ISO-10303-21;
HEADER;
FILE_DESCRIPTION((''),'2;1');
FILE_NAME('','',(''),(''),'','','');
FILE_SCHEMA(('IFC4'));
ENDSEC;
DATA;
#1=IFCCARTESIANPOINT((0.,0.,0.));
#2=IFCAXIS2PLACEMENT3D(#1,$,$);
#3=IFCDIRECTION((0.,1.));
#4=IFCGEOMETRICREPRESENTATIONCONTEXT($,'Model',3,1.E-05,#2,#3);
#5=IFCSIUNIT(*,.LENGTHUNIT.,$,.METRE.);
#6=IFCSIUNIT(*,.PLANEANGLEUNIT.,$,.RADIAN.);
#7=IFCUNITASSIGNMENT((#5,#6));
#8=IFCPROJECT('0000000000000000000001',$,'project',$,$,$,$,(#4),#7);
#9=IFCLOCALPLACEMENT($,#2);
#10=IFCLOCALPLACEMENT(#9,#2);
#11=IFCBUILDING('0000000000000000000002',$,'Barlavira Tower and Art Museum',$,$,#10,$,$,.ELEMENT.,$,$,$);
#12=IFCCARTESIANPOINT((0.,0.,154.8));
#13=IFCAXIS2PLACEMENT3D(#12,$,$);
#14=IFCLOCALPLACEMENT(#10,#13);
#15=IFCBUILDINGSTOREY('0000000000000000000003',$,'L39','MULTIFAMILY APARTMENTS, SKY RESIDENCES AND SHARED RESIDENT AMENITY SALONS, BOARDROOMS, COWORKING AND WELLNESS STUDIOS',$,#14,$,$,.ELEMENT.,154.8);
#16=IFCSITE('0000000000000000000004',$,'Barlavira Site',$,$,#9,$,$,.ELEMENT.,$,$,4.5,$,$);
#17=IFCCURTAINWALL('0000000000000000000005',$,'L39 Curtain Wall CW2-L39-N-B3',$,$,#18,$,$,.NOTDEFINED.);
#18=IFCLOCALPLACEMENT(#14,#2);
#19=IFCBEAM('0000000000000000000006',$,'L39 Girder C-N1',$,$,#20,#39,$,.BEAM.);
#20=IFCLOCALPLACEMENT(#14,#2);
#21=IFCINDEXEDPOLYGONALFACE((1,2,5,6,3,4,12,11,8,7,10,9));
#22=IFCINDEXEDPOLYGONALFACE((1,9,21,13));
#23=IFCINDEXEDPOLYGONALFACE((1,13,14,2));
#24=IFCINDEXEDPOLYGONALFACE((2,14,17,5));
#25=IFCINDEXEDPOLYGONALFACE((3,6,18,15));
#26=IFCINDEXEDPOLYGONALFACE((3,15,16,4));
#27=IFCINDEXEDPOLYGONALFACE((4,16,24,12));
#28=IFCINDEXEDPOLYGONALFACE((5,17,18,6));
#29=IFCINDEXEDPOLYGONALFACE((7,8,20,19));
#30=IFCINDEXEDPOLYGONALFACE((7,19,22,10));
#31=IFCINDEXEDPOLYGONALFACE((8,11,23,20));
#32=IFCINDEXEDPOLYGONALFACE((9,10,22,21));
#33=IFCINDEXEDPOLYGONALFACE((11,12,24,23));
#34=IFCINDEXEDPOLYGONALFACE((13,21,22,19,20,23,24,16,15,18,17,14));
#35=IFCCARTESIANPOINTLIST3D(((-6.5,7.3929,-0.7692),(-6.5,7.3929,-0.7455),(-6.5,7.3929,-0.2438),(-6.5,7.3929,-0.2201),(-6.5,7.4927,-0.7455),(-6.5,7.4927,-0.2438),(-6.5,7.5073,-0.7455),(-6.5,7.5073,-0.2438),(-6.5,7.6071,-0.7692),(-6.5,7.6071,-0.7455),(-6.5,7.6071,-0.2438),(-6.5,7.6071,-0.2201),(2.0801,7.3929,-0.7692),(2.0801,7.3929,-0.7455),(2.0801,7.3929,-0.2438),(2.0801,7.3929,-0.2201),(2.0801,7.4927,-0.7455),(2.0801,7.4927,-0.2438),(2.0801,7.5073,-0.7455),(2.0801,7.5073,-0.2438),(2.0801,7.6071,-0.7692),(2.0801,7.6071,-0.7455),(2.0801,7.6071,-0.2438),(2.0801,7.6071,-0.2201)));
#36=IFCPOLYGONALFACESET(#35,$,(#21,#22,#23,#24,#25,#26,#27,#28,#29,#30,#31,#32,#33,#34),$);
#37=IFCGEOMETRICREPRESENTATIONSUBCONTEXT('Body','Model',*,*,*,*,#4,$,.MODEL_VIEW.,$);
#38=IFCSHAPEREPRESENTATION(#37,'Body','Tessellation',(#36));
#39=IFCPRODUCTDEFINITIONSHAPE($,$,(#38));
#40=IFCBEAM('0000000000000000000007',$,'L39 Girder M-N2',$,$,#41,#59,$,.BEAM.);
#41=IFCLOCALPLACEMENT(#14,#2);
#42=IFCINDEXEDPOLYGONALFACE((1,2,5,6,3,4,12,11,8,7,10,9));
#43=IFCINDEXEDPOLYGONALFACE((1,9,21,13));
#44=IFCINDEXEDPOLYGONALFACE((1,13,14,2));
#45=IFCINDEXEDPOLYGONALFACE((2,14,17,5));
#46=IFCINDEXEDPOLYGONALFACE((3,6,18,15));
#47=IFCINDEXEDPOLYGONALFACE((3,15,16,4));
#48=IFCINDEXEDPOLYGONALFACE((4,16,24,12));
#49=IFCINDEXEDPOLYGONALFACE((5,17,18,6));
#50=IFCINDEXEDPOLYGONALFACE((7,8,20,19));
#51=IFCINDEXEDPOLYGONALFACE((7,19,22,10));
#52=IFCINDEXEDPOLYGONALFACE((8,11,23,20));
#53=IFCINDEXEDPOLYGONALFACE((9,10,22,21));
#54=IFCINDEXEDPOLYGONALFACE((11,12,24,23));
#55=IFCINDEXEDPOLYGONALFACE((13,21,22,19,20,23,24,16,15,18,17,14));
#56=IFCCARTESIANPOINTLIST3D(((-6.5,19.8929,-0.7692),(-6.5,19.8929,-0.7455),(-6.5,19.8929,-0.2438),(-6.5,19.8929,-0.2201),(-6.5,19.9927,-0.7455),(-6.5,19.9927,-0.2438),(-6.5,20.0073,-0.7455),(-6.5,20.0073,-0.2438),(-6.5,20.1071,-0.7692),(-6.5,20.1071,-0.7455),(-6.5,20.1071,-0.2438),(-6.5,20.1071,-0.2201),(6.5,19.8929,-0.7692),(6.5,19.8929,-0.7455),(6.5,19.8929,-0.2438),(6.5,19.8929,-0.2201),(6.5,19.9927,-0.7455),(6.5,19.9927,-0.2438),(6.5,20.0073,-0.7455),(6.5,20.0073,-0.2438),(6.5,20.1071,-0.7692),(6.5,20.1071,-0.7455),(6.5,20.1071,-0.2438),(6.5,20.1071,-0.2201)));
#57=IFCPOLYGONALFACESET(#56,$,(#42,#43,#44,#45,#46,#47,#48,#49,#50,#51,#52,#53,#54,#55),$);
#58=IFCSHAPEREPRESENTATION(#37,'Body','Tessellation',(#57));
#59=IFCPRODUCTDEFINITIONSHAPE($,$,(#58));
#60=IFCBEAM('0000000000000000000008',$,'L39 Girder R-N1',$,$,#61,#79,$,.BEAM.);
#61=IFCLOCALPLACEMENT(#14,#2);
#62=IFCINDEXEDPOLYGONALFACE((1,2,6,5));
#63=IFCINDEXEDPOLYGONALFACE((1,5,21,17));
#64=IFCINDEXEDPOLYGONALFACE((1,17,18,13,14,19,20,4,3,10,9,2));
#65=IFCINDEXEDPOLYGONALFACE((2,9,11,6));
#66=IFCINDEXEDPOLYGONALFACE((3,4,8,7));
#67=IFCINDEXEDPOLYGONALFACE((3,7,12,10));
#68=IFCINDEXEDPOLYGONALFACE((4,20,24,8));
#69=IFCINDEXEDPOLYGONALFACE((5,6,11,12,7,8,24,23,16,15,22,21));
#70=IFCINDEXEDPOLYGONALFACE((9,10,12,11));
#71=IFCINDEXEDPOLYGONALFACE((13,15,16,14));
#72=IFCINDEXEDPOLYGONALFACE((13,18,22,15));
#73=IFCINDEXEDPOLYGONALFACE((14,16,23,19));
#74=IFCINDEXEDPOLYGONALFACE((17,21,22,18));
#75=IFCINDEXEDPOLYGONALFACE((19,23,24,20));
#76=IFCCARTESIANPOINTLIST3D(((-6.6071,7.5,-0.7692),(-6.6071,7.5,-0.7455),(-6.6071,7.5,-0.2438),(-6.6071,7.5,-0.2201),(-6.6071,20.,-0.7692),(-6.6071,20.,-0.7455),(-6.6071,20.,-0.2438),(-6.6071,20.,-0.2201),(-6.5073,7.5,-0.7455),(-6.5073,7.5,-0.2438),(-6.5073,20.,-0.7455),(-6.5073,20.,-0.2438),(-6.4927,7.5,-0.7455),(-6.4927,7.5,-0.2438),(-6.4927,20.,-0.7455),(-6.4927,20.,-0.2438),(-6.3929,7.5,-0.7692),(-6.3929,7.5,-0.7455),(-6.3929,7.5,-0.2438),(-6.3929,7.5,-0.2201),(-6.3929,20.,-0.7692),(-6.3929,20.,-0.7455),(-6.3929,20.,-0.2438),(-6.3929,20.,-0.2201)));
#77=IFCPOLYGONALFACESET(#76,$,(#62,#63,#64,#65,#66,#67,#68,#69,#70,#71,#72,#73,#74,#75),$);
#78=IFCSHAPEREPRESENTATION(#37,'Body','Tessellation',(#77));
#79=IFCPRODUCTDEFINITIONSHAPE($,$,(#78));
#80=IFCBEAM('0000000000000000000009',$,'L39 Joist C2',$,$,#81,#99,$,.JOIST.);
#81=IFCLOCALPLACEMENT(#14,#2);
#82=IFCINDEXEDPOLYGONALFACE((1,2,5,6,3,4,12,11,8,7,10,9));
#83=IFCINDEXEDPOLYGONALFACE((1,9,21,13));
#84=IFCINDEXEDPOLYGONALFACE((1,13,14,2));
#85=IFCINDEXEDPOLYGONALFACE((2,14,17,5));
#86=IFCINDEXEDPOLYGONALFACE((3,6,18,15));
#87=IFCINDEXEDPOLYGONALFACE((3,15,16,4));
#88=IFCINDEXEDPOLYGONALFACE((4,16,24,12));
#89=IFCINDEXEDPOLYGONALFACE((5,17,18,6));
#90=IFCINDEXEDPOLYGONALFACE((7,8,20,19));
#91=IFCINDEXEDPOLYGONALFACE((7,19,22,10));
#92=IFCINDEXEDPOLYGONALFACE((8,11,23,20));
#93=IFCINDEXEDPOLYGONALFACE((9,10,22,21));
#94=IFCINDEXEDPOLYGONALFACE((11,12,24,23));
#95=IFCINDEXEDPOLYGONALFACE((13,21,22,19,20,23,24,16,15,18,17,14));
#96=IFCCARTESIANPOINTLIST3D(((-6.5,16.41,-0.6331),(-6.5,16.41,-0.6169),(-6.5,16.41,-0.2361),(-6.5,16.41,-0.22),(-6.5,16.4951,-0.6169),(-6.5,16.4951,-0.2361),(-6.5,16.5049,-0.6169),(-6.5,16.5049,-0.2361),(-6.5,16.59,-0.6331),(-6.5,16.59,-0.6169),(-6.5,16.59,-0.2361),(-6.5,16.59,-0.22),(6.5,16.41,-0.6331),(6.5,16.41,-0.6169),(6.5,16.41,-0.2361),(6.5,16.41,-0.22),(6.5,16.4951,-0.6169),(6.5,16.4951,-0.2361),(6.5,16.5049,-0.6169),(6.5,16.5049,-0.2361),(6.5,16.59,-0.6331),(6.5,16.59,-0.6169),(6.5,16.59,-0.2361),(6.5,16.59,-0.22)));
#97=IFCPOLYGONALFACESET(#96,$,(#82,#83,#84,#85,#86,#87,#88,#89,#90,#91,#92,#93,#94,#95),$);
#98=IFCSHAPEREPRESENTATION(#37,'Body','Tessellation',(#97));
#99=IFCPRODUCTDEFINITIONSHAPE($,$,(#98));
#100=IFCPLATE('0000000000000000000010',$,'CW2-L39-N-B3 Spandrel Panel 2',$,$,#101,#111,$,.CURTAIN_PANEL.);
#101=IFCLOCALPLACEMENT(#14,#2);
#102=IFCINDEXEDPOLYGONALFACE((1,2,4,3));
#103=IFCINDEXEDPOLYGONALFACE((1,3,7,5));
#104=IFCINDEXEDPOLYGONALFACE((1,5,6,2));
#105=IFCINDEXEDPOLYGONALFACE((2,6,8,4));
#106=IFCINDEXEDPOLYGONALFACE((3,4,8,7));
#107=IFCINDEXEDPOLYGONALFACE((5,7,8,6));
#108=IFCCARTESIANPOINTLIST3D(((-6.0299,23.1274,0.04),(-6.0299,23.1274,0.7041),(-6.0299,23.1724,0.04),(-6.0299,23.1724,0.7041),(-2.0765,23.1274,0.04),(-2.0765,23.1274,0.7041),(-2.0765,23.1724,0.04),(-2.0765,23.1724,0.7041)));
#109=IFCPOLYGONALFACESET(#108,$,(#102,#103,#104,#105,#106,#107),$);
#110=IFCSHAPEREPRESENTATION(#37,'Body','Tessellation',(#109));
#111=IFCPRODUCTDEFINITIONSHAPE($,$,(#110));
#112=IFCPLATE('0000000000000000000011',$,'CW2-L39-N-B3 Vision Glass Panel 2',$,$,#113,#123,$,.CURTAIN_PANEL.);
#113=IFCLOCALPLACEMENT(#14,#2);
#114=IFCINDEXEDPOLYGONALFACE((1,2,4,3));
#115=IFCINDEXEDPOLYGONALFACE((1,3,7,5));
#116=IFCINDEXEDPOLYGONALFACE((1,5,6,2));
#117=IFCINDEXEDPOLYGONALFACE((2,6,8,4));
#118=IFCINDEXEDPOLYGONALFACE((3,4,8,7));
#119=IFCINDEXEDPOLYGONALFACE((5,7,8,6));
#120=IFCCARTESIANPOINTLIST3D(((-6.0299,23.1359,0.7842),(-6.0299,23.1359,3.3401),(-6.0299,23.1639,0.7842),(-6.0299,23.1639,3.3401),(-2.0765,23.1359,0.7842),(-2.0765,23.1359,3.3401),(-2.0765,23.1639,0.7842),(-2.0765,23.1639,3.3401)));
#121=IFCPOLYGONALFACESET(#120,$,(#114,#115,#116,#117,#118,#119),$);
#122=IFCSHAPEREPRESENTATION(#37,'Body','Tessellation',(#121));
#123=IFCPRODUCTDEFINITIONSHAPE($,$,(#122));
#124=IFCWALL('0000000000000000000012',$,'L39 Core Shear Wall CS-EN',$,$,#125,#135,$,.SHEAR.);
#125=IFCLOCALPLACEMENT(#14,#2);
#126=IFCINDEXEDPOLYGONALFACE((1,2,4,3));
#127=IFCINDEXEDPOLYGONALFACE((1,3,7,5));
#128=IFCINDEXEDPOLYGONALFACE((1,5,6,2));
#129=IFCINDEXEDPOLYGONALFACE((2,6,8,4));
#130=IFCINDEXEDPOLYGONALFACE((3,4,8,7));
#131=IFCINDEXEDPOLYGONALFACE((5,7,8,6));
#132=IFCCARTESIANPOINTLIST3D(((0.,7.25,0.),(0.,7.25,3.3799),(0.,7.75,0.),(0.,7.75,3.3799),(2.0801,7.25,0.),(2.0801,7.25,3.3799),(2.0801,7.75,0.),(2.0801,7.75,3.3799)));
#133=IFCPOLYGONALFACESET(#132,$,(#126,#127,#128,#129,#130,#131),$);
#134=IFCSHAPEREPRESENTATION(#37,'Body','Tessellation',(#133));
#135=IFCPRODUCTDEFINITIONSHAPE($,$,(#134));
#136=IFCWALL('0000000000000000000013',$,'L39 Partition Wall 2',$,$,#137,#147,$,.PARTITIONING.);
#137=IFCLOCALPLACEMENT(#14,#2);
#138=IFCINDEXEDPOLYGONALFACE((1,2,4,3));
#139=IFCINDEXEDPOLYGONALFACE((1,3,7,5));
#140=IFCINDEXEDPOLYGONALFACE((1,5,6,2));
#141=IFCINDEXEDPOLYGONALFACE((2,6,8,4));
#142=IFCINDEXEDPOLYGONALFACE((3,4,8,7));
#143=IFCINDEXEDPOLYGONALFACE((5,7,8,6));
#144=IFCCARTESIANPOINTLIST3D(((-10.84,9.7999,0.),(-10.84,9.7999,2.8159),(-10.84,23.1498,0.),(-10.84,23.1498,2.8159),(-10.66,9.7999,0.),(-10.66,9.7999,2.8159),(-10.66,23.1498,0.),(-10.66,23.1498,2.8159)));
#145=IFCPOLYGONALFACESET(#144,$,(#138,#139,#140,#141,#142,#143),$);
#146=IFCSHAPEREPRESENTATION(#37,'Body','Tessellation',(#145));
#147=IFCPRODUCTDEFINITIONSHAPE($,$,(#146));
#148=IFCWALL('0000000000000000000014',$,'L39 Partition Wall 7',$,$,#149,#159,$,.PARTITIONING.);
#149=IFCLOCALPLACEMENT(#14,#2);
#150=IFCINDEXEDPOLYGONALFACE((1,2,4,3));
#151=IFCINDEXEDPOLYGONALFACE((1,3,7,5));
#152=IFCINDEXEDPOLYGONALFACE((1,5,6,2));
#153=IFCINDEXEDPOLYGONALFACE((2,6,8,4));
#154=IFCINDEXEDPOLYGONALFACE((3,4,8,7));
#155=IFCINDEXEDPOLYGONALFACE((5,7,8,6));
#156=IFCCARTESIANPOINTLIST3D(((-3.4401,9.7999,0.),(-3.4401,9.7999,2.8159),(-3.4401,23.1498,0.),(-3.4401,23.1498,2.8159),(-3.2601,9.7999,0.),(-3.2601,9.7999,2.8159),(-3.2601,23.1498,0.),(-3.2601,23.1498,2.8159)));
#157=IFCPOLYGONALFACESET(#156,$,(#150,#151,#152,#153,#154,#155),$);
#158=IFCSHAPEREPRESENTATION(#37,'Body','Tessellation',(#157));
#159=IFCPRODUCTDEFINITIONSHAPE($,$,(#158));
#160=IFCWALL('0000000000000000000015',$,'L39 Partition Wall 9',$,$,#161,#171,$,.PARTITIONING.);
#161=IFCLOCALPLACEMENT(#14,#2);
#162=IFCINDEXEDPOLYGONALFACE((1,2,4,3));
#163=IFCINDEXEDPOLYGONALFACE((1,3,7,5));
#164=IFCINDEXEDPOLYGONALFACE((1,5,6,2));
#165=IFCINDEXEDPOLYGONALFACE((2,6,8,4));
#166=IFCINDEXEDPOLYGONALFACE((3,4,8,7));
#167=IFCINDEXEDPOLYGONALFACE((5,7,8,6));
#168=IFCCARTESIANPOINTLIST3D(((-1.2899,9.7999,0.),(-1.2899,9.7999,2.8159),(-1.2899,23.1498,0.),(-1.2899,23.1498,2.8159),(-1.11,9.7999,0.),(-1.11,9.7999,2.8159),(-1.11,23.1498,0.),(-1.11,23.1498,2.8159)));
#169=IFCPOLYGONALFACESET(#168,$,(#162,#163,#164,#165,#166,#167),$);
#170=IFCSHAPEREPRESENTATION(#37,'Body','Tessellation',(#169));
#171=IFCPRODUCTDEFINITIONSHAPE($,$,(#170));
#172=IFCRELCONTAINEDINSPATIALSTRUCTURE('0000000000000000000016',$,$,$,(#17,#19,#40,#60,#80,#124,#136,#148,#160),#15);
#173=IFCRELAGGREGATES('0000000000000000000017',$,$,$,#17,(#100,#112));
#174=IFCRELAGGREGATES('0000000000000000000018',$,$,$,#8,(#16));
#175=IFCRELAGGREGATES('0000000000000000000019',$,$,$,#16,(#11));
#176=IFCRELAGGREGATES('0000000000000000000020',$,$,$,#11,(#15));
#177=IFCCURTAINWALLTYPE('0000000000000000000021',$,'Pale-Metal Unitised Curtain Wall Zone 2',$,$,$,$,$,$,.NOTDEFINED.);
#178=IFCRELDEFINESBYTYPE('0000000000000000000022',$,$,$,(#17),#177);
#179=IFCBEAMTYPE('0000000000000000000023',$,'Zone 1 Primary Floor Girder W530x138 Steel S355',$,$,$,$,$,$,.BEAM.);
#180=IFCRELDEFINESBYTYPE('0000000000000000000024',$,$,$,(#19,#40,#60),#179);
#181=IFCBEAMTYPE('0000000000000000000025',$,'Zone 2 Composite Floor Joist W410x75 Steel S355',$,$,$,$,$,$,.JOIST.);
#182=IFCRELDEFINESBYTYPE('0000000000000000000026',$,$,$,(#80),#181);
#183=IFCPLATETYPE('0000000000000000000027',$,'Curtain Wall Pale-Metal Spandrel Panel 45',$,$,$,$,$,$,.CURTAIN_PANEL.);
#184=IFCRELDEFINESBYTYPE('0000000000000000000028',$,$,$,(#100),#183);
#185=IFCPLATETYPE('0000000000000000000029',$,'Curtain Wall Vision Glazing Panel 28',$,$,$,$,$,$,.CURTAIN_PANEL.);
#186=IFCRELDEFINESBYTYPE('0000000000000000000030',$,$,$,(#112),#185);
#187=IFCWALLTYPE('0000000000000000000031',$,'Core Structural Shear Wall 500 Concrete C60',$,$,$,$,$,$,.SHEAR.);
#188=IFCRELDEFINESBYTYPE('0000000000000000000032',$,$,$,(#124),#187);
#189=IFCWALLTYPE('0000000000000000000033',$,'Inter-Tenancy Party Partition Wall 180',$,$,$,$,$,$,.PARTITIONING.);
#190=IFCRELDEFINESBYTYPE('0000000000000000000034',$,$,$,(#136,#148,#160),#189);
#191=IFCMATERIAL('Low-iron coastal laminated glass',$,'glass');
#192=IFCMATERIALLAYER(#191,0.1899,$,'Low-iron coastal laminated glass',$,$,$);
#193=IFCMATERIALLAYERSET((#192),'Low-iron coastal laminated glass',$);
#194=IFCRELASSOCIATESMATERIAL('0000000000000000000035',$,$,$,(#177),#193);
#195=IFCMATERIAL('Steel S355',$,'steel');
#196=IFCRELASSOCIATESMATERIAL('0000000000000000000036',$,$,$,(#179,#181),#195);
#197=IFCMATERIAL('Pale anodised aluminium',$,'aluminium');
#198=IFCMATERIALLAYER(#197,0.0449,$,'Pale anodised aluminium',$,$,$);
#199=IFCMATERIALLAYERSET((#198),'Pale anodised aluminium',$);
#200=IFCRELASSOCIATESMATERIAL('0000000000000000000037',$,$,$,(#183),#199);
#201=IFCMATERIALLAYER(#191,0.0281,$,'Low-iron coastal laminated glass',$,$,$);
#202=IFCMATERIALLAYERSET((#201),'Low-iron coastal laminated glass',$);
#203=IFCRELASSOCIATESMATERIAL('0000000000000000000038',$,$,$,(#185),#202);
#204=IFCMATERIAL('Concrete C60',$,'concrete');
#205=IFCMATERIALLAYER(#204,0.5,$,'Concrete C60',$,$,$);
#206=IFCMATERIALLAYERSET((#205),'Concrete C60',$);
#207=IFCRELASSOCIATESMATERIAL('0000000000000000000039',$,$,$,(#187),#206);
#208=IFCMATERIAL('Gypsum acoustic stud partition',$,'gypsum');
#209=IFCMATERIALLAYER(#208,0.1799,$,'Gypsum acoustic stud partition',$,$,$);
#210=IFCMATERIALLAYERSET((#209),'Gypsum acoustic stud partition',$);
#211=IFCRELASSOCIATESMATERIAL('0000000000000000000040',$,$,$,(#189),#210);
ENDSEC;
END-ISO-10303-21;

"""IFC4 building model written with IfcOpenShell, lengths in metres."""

from ifc_helpers import new_model, si_unit, direction, frame, frame_2d, origin, origin_2d, place, context, subcontext, project, spatial, rectangle, i_section, extrude, material, layer, layer_set, material_profile, profile_set, type_object, element, aggregate, save


model = new_model("IFC4")

# Units and contexts
model_context = context("Model", 3, precision=1e-05, world=origin(), true_north=direction((0.0, 1.0)))
body_context = subcontext(model_context, "Body", "Model", "MODEL_VIEW")
ifc_project = project(units=[si_unit("LENGTHUNIT", "METRE"), si_unit("PLANEANGLEUNIT", "RADIAN")], contexts=[model_context])

# Site, building, storey
site_placement = place(None, origin())
site = spatial("IfcSite", under=ifc_project, at=site_placement, Name="Barlavira Site", CompositionType="ELEMENT", RefElevation=4.5)
building_placement = place(site_placement, origin())
building = spatial("IfcBuilding", under=site, at=building_placement, Name="Barlavira Tower and Art Museum", CompositionType="ELEMENT")
storey_placement = place(building_placement, frame((0.0, 0.0, 154.8)))
storey = spatial("IfcBuildingStorey", under=building, at=storey_placement, Name="L39", Description="MULTIFAMILY APARTMENTS, SKY RESIDENCES AND SHARED RESIDENT AMENITY SALONS, BOARDROOMS, COWORKING AND WELLNESS STUDIOS", CompositionType="ELEMENT", Elevation=154.8)

# Shared definitions
ifc_material_1 = material(Name="Steel S355", Category="steel")
ifc_material_2 = material(Name="Concrete C60", Category="concrete")

# Curtain wall
ifc_material_3 = material(Name="Low-iron coastal laminated glass", Category="glass")
ifc_layer_1 = layer(ifc_material_3, 0.1899, Name="Low-iron coastal laminated glass")
ifc_layer_set_1 = layer_set([ifc_layer_1], Name="Low-iron coastal laminated glass")
curtain_wall_type = type_object("IfcCurtainWallType", Name="Pale-Metal Unitised Curtain Wall Zone 2", PredefinedType="NOTDEFINED", material=ifc_layer_set_1)
curtain_wall_placement = place(storey_placement, origin())
curtain_wall = element("IfcCurtainWall", 1, at=curtain_wall_placement, inside=storey, type_object=curtain_wall_type, Name="L39 Curtain Wall CW2-L39-N-B3", PredefinedType="NOTDEFINED")
ifc_material_4 = material(Name="Pale anodised aluminium", Category="aluminium")

# Beams
ifc_material_profile_1 = material_profile(ifc_material_1, i_section(OverallWidth=0.2141, OverallDepth=0.5491, WebThickness=0.0146, FlangeThickness=0.0237, at=origin_2d()), Name="W530x138.0")
ifc_profile_set_1 = profile_set([ifc_material_profile_1], Name="Steel S355")
beam_type_1 = type_object("IfcBeamType", Name="Zone 1 Primary Floor Girder W530x138 Steel S355", PredefinedType="BEAM", material=ifc_profile_set_1)
beam_1_placement = place(storey_placement, frame((-6.5, 7.5, -0.4946), z_axis=(1.0, 0.0, 0.0), x_axis=(0.0, 1.0, 0.0)))
element("IfcBeam", 2, at=beam_1_placement, inside=storey, type_object=beam_type_1, Name="L39 Girder C-N1", PredefinedType="BEAM", context=body_context, shape_type="SweptSolid", body=[
    extrude(i_section(OverallWidth=0.2141, OverallDepth=0.5491, WebThickness=0.0146, FlangeThickness=0.0237, at=origin_2d()), origin(), (0.0, 0.0, 1.0), 8.5801),
])
beam_2_placement = place(storey_placement, frame((-6.5, 20.0, -0.4946), z_axis=(1.0, 0.0, 0.0), x_axis=(0.0, 1.0, 0.0)))
element("IfcBeam", 3, at=beam_2_placement, inside=storey, type_object=beam_type_1, Name="L39 Girder M-N2", PredefinedType="BEAM", context=body_context, shape_type="SweptSolid", body=[
    extrude(i_section(OverallWidth=0.2141, OverallDepth=0.5491, WebThickness=0.0146, FlangeThickness=0.0237, at=origin_2d()), origin(), (0.0, 0.0, 1.0), 13.0),
])
beam_3_placement = place(storey_placement, frame((-6.5, 7.5, -0.4946), z_axis=(0.0, 1.0, 0.0), x_axis=(-1.0, 0.0, 0.0)))
element("IfcBeam", 4, at=beam_3_placement, inside=storey, type_object=beam_type_1, Name="L39 Girder R-N1", PredefinedType="BEAM", context=body_context, shape_type="SweptSolid", body=[
    extrude(i_section(OverallWidth=0.2141, OverallDepth=0.5491, WebThickness=0.0146, FlangeThickness=0.0237, at=origin_2d()), origin(), (0.0, 0.0, 1.0), 12.5),
])
ifc_material_profile_2 = material_profile(ifc_material_1, i_section(OverallWidth=0.1799, OverallDepth=0.4131, WebThickness=0.0098, FlangeThickness=0.0161, at=origin_2d()), Name="W410x75.0")
ifc_profile_set_2 = profile_set([ifc_material_profile_2], Name="Steel S355")
beam_type_2 = type_object("IfcBeamType", Name="Zone 2 Composite Floor Joist W410x75 Steel S355", PredefinedType="JOIST", material=ifc_profile_set_2)
beam_4_placement = place(storey_placement, frame((-6.5, 16.5, -0.4265), z_axis=(1.0, 0.0, 0.0), x_axis=(0.0, 1.0, 0.0)))
element("IfcBeam", 5, at=beam_4_placement, inside=storey, type_object=beam_type_2, Name="L39 Joist C2", PredefinedType="JOIST", context=body_context, shape_type="SweptSolid", body=[
    extrude(i_section(OverallWidth=0.1799, OverallDepth=0.4131, WebThickness=0.0098, FlangeThickness=0.0161, at=origin_2d()), origin(), (0.0, 0.0, 1.0), 13.0),
])

# Plates
ifc_layer_2 = layer(ifc_material_4, 0.0449, Name="Pale anodised aluminium")
ifc_layer_set_2 = layer_set([ifc_layer_2], Name="Pale anodised aluminium")
plate_type_1 = type_object("IfcPlateType", Name="Curtain Wall Pale-Metal Spandrel Panel 45", PredefinedType="CURTAIN_PANEL", material=ifc_layer_set_2)
plate_1_placement = place(storey_placement, frame((-4.0532, 23.1499, 0.04), z_axis=(0.0, 0.0, 1.0), x_axis=(-1.0, 0.0, 0.0)))
plate_1 = element("IfcPlate", 6, at=plate_1_placement, type_object=plate_type_1, Name="CW2-L39-N-B3 Spandrel Panel 2", PredefinedType="CURTAIN_PANEL", context=body_context, shape_type="SweptSolid", body=[
    extrude(rectangle(XDim=3.9534, YDim=0.0449, at=origin_2d()), origin(), (0.0, 0.0, 1.0), 0.6641),
])
ifc_layer_3 = layer(ifc_material_3, 0.0281, Name="Low-iron coastal laminated glass")
ifc_layer_set_3 = layer_set([ifc_layer_3], Name="Low-iron coastal laminated glass")
plate_type_2 = type_object("IfcPlateType", Name="Curtain Wall Vision Glazing Panel 28", PredefinedType="CURTAIN_PANEL", material=ifc_layer_set_3)
plate_2_placement = place(storey_placement, frame((-4.0532, 23.1499, 0.7842), z_axis=(0.0, 0.0, 1.0), x_axis=(-1.0, 0.0, 0.0)))
plate_2 = element("IfcPlate", 7, at=plate_2_placement, type_object=plate_type_2, Name="CW2-L39-N-B3 Vision Glass Panel 2", PredefinedType="CURTAIN_PANEL", context=body_context, shape_type="SweptSolid", body=[
    extrude(rectangle(XDim=3.9534, YDim=0.0281, at=origin_2d()), origin(), (0.0, 0.0, 1.0), 2.5559),
])
aggregate(curtain_wall, [plate_1, plate_2])

# Walls
ifc_layer_4 = layer(ifc_material_2, 0.5, Name="Concrete C60")
ifc_layer_set_4 = layer_set([ifc_layer_4], Name="Concrete C60")
wall_type_1 = type_object("IfcWallType", Name="Core Structural Shear Wall 500 Concrete C60", PredefinedType="SHEAR", material=ifc_layer_set_4)
wall_1_placement = place(storey_placement, frame((0.0, 7.5, 0.0), z_axis=(0.0, 0.0, 1.0), x_axis=(1.0, 0.0, 0.0)))
element("IfcWall", 8, at=wall_1_placement, inside=storey, type_object=wall_type_1, Name="L39 Core Shear Wall CS-EN", PredefinedType="SHEAR", context=body_context, shape_type="SweptSolid", body=[
    extrude(rectangle(XDim=2.0801, YDim=0.5, at=frame_2d((1.04, 0.0))), origin(), (0.0, 0.0, 1.0), 3.3799),
])
ifc_material_5 = material(Name="Gypsum acoustic stud partition", Category="gypsum")
ifc_layer_5 = layer(ifc_material_5, 0.1799, Name="Gypsum acoustic stud partition")
ifc_layer_set_5 = layer_set([ifc_layer_5], Name="Gypsum acoustic stud partition")
wall_type_2 = type_object("IfcWallType", Name="Inter-Tenancy Party Partition Wall 180", PredefinedType="PARTITIONING", material=ifc_layer_set_5)
for number, where, z_axis, x_axis, name in (
    (9, (-10.75, 9.8, 0.0), (0.0, 0.0, 1.0), (0.0, 1.0, 0.0), "L39 Partition Wall 2"),
    (10, (-3.3501, 9.8, 0.0), (0.0, 0.0, 1.0), (0.0, 1.0, 0.0), "L39 Partition Wall 7"),
    (11, (-1.2, 9.8, 0.0), (0.0, 0.0, 1.0), (0.0, 1.0, 0.0), "L39 Partition Wall 9"),
):
    element("IfcWall", number, at=place(storey_placement, frame(where, z_axis=z_axis, x_axis=x_axis)), inside=storey, type_object=wall_type_2, Name=name, PredefinedType="PARTITIONING", context=body_context, shape_type="SweptSolid", body=[
        extrude(rectangle(XDim=13.3499, YDim=0.1799, at=frame_2d((6.6748, 0.0))), origin(), (0.0, 0.0, 1.0), 2.8159),
    ])

save(model, "model.ifc")
